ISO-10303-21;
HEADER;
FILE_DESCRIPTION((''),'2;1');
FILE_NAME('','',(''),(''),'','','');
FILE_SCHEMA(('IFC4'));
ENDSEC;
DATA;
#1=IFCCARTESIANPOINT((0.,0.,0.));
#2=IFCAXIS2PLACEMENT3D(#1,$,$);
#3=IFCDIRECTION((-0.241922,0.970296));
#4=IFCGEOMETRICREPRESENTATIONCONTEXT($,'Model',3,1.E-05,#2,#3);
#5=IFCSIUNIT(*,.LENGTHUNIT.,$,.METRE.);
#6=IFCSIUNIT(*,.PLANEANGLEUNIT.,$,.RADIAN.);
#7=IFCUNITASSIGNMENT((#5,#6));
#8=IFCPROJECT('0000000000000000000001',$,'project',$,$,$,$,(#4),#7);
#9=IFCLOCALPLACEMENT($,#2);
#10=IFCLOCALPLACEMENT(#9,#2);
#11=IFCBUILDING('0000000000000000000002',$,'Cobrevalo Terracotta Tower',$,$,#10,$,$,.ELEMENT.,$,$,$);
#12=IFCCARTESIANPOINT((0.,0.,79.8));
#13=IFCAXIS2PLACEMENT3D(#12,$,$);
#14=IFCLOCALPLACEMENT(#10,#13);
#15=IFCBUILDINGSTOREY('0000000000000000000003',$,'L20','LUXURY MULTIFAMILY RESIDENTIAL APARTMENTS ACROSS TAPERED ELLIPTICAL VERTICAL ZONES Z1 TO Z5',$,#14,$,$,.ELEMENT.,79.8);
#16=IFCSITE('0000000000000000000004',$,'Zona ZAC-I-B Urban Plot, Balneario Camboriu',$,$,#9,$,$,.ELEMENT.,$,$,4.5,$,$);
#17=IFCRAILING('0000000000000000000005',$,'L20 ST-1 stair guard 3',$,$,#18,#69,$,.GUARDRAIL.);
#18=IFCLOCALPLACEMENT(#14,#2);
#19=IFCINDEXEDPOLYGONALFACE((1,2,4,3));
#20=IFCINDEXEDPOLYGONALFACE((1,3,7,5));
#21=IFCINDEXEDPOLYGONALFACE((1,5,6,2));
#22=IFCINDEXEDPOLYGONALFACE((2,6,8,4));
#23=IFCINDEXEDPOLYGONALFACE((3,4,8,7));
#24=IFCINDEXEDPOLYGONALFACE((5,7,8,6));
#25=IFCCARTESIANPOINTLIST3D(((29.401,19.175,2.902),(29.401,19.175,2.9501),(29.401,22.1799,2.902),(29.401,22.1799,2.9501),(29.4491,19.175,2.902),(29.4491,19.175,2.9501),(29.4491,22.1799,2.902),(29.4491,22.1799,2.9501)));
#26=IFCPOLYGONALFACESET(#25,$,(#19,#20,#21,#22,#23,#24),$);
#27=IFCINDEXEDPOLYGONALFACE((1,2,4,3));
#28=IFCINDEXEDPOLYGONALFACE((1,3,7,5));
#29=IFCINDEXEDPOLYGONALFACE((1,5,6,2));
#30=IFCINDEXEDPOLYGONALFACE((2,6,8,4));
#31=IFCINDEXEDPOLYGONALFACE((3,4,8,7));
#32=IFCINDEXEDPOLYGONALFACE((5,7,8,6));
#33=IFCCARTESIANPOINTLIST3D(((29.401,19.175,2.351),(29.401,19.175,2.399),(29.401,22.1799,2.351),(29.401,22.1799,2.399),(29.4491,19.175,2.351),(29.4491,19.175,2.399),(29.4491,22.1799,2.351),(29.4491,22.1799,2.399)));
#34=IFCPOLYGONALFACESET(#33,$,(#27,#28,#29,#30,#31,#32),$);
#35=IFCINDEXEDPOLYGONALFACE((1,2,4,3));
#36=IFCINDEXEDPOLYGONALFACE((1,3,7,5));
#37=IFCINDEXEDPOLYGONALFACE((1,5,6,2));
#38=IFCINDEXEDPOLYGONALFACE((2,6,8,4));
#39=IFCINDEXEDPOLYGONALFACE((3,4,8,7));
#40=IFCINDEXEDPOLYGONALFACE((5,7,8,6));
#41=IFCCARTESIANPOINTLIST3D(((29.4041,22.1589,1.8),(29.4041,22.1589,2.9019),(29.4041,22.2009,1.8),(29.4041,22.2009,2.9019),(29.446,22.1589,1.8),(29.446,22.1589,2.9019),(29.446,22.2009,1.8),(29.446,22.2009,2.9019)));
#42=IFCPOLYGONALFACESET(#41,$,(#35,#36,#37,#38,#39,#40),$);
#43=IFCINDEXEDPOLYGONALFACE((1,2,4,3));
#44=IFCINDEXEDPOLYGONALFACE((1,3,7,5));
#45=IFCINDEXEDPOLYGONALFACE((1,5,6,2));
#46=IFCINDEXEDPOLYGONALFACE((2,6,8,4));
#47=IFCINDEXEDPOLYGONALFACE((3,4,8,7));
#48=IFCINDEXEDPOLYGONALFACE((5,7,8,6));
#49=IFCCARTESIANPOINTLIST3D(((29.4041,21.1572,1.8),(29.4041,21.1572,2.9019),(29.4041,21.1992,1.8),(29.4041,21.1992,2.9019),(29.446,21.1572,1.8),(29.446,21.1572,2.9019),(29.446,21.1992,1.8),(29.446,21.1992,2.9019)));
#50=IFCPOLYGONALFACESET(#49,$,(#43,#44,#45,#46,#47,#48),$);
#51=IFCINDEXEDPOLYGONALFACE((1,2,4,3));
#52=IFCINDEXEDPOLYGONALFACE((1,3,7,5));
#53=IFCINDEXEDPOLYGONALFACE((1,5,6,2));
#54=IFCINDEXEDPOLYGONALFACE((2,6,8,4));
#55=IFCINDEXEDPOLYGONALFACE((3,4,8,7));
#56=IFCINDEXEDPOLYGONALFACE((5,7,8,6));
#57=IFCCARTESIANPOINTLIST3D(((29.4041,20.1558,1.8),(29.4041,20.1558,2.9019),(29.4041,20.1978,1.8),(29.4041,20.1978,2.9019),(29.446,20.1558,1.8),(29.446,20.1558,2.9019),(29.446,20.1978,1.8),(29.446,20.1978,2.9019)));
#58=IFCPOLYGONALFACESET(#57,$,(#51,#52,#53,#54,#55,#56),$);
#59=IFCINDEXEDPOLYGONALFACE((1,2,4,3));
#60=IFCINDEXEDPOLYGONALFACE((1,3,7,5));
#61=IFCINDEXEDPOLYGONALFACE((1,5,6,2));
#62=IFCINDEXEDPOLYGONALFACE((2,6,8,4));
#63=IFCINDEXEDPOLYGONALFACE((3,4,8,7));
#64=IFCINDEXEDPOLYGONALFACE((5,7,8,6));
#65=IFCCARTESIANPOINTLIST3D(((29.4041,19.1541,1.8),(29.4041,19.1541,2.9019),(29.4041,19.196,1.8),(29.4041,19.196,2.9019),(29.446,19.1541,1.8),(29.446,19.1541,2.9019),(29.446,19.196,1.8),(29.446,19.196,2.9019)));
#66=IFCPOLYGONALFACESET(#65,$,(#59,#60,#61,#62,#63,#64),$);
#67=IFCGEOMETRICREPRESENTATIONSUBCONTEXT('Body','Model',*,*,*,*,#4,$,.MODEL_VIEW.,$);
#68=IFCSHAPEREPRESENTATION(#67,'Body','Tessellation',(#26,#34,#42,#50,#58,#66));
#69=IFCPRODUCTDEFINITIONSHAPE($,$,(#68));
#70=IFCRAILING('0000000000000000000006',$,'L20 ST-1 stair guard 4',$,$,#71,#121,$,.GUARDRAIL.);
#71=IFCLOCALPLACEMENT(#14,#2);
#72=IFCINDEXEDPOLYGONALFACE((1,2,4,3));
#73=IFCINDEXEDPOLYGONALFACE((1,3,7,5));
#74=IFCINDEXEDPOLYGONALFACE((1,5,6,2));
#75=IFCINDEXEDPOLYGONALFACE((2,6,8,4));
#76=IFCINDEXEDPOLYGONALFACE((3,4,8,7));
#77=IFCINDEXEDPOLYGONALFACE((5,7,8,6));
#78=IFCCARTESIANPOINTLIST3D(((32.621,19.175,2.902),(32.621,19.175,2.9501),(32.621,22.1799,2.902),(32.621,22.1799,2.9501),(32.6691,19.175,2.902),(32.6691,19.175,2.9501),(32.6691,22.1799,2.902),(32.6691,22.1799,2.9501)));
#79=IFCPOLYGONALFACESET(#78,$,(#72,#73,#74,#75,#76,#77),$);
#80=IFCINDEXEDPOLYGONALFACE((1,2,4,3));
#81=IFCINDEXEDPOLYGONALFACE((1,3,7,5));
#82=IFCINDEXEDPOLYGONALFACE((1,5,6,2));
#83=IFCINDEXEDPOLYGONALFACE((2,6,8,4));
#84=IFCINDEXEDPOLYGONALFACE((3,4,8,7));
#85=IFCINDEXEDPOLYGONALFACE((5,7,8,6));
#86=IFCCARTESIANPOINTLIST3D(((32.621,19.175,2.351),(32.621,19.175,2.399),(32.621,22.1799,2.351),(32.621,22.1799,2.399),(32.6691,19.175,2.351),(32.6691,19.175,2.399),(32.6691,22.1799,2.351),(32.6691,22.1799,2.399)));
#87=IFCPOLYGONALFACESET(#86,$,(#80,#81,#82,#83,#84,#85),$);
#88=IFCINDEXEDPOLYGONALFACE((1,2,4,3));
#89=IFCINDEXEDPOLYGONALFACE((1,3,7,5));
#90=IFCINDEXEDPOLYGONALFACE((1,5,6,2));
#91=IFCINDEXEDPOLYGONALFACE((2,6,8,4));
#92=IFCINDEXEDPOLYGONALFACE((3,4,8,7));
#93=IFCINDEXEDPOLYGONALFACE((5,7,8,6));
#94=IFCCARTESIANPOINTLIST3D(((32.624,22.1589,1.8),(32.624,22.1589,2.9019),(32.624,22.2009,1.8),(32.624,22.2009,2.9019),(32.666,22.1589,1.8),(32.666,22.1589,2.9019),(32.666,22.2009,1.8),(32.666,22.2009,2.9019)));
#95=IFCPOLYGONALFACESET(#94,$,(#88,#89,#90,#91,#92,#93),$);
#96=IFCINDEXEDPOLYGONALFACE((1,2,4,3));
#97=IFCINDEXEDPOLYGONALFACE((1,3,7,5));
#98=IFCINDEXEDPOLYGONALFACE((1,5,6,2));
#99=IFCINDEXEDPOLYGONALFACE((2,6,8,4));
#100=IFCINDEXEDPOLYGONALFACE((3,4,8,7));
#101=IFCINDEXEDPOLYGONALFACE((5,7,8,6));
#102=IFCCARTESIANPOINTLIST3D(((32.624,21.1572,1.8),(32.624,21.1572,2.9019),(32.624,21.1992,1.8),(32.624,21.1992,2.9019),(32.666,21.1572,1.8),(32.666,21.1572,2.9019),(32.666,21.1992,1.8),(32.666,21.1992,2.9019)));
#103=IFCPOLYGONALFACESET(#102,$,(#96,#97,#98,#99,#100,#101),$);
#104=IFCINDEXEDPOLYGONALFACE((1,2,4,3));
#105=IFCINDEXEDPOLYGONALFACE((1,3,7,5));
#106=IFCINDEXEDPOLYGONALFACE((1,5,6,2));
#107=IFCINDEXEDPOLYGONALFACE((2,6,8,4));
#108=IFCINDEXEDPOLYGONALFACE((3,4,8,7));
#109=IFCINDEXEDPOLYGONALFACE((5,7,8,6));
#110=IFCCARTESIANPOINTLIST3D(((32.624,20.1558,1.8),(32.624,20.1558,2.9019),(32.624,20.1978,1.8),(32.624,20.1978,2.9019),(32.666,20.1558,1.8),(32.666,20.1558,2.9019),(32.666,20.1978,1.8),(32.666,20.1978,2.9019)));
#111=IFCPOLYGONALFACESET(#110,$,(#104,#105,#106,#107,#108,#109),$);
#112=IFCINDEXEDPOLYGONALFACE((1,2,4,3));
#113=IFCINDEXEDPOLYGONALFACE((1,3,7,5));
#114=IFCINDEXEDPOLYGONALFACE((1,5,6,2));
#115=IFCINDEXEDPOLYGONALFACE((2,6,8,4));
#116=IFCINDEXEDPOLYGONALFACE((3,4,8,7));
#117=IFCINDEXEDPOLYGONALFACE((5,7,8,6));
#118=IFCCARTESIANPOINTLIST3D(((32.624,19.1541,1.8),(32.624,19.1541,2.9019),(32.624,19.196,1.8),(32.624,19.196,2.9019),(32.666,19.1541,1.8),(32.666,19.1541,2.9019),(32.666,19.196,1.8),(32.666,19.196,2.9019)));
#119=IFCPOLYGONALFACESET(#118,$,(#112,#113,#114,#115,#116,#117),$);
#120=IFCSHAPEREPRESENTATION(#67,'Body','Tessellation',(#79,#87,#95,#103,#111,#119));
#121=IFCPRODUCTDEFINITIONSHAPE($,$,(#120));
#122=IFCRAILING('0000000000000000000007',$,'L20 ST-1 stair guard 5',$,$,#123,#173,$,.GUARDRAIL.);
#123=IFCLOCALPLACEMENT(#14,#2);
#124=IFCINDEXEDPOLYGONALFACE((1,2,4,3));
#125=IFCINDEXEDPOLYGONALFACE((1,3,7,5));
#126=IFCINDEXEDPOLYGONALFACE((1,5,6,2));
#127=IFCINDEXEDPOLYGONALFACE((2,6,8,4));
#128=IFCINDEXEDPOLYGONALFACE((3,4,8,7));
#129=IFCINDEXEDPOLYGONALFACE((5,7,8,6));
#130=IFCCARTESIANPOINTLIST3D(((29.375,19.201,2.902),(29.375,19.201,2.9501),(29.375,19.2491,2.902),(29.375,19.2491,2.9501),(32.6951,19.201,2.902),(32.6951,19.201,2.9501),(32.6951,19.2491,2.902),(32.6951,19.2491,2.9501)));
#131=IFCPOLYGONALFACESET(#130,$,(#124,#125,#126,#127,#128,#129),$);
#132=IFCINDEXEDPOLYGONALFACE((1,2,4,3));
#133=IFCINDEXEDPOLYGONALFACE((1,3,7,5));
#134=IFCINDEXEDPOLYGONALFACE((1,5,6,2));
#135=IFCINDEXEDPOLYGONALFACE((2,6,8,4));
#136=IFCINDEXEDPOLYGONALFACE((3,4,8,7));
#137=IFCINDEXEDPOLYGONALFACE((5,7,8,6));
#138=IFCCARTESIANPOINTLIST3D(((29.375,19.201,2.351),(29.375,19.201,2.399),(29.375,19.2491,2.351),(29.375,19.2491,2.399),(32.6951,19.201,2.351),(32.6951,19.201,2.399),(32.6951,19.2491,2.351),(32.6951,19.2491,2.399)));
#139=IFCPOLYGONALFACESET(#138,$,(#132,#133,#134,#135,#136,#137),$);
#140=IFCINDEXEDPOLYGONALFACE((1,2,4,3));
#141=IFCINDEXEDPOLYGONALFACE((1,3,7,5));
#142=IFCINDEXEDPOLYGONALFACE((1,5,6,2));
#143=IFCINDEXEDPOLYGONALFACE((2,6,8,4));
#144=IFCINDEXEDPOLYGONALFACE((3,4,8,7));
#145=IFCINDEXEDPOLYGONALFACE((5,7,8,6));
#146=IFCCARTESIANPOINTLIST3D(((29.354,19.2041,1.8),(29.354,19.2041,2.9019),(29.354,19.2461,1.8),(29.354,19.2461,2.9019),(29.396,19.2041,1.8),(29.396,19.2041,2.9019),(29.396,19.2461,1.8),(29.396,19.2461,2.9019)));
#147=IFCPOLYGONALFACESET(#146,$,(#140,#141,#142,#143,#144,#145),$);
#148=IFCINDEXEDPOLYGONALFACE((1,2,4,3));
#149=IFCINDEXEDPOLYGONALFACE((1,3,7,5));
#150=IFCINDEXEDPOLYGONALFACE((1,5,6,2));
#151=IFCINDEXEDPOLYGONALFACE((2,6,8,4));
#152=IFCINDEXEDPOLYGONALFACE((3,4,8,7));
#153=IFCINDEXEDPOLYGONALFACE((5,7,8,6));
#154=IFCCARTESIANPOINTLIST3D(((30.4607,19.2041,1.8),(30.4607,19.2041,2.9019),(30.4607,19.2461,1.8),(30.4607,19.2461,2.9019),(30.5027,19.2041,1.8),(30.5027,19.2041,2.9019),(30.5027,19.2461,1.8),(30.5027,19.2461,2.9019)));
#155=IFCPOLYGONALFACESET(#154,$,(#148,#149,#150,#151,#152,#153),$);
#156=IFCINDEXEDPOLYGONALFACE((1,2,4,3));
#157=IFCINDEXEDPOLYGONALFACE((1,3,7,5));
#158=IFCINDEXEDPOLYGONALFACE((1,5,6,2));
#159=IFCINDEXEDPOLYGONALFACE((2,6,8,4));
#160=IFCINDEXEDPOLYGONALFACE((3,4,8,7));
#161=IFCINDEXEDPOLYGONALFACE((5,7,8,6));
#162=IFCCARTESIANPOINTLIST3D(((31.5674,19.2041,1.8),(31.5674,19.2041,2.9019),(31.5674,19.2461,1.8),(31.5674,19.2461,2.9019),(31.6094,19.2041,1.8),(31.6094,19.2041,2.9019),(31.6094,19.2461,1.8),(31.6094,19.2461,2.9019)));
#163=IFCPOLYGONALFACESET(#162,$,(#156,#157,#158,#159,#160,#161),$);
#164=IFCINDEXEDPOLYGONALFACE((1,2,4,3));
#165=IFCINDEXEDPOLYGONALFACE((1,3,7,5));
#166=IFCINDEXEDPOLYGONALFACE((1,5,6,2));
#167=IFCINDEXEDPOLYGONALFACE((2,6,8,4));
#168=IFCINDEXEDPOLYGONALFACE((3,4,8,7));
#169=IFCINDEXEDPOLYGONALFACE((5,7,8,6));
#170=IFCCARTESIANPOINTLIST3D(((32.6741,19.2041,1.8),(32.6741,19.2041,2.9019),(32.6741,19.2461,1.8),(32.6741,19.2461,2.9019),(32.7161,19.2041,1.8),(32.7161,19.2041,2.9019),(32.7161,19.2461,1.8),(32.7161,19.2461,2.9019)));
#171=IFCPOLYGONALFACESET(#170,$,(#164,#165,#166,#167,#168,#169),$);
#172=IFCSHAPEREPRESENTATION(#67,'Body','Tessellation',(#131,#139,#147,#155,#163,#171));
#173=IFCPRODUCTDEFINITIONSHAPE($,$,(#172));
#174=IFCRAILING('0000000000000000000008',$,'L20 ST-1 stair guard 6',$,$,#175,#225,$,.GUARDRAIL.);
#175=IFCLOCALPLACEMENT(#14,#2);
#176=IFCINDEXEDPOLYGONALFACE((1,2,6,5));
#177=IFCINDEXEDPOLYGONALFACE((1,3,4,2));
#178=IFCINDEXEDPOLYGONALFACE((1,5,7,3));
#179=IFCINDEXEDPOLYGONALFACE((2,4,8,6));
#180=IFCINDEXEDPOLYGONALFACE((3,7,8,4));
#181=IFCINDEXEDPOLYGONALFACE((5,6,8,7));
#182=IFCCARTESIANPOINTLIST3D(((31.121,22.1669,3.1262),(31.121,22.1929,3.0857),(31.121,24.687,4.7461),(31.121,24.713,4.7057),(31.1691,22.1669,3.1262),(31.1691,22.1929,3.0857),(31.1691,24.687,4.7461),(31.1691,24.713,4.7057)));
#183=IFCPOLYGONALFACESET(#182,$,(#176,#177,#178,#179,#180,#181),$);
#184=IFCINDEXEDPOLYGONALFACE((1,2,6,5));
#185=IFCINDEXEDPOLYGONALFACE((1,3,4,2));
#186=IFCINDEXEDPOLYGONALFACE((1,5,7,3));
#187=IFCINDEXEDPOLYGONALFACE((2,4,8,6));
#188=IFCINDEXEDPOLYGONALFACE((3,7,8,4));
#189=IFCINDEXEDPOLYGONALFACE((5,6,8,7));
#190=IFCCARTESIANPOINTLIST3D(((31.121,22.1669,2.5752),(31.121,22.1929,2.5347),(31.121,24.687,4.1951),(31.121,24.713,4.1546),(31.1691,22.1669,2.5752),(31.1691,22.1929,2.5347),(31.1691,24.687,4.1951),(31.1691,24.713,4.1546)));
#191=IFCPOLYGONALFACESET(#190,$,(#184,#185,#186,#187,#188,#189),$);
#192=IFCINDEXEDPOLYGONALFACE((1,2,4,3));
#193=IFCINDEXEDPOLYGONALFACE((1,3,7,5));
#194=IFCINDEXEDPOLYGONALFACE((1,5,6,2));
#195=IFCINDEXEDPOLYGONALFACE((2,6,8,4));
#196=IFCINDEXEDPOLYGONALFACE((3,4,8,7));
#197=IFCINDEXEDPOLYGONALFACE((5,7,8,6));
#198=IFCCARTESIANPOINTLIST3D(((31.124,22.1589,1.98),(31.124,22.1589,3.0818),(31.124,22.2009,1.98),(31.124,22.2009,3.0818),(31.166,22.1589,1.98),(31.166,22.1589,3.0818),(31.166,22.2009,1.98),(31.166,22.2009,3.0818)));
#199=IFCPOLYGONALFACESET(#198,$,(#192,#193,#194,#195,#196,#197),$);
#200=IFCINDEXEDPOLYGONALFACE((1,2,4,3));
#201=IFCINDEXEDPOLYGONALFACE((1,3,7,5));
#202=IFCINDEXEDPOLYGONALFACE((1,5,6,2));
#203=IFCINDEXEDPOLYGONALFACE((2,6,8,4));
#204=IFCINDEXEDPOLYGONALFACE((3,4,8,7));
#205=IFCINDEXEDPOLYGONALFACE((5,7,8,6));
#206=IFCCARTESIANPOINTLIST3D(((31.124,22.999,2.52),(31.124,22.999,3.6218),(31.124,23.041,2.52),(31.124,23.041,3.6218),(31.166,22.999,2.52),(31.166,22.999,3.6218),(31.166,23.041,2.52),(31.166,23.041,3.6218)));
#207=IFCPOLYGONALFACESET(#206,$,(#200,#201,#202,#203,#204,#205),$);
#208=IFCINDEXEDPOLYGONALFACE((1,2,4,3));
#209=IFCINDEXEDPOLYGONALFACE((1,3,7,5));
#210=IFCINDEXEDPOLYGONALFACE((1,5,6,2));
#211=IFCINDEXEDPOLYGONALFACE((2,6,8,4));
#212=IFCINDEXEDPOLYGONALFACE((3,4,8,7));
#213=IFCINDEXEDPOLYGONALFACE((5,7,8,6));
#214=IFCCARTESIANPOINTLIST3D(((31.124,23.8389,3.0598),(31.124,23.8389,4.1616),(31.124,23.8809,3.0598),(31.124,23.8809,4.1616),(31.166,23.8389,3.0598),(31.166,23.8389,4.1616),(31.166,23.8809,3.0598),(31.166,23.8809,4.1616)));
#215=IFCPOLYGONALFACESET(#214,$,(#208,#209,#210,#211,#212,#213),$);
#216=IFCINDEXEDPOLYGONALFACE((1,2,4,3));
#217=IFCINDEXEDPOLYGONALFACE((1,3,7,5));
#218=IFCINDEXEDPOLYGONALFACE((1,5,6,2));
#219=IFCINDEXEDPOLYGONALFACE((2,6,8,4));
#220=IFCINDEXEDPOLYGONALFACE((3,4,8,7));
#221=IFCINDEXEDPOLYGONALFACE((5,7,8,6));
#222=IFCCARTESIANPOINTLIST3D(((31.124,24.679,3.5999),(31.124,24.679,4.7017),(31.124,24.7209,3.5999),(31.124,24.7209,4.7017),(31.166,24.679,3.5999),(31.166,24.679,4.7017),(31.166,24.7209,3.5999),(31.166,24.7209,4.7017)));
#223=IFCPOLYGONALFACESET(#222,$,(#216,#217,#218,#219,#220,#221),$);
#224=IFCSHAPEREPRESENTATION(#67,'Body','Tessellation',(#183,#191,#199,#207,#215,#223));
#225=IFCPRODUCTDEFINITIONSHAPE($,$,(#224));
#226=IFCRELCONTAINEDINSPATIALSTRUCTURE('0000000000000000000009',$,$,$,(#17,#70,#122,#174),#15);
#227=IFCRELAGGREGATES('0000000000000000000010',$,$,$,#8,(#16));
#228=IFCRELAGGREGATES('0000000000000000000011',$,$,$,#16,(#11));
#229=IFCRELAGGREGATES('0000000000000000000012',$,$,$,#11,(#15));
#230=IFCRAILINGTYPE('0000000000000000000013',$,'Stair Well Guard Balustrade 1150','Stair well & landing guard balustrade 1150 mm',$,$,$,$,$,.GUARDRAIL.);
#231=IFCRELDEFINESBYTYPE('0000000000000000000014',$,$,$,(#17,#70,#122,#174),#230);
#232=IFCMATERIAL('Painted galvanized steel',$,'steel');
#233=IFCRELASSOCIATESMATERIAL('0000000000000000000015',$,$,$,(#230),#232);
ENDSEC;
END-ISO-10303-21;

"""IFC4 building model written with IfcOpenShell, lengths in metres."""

from ifc_helpers import new_model, si_unit, direction, frame, origin, origin_2d, place, context, subcontext, project, spatial, rectangle, extrude, material, type_object, element, save


model = new_model("IFC4")

# Units and contexts
model_context = context("Model", 3, precision=1e-05, world=origin(), true_north=direction((-0.241922, 0.970296)))
body_context = subcontext(model_context, "Body", "Model", "MODEL_VIEW")
ifc_project = project(units=[si_unit("LENGTHUNIT", "METRE"), si_unit("PLANEANGLEUNIT", "RADIAN")], contexts=[model_context])

# Site, building, storey
site_placement = place(None, origin())
site = spatial("IfcSite", under=ifc_project, at=site_placement, Name="Zona ZAC-I-B Urban Plot, Balneario Camboriu", CompositionType="ELEMENT", RefElevation=4.5)
building_placement = place(site_placement, origin())
building = spatial("IfcBuilding", under=site, at=building_placement, Name="Cobrevalo Terracotta Tower", CompositionType="ELEMENT")
storey_placement = place(building_placement, frame((0.0, 0.0, 79.8)))
storey = spatial("IfcBuildingStorey", under=building, at=storey_placement, Name="L20", Description="LUXURY MULTIFAMILY RESIDENTIAL APARTMENTS ACROSS TAPERED ELLIPTICAL VERTICAL ZONES Z1 TO Z5", CompositionType="ELEMENT", Elevation=79.8)

# Railings
ifc_material_1 = material(Name="Painted galvanized steel", Category="steel")
railing_type_1 = type_object("IfcRailingType", Name="Stair Well Guard Balustrade 1150", Description="Stair well & landing guard balustrade 1150 mm", PredefinedType="GUARDRAIL", material=ifc_material_1)
for number, where, name in (
    (1, (29.425, 22.1799, 1.8), "L20 ST-1 stair guard 3"),
    (2, (32.645, 22.1799, 1.8), "L20 ST-1 stair guard 4"),
):
    element("IfcRailing", number, at=place(storey_placement, frame(where)), inside=storey, type_object=railing_type_1, Name=name, PredefinedType="GUARDRAIL", context=body_context, shape_type="SweptSolid", body=[
        extrude(rectangle(XDim=0.0481, YDim=0.0481, at=origin_2d()), frame((0.0, 0.0, 1.126), z_axis=(0.0, -1.0, 0.0), x_axis=(1.0, 0.0, 0.0)), (0.0, 0.0, 1.0), 3.0049),
        extrude(rectangle(XDim=0.0481, YDim=0.0481, at=origin_2d()), frame((0.0, 0.0, 0.575), z_axis=(0.0, -1.0, 0.0), x_axis=(1.0, 0.0, 0.0)), (0.0, 0.0, 1.0), 3.0049),
        extrude(rectangle(XDim=0.042, YDim=0.042, at=origin_2d()), origin(), (0.0, 0.0, 1.0), 1.1018),
        extrude(rectangle(XDim=0.042, YDim=0.042, at=origin_2d()), frame((0.0, -1.0017, 0.0)), (0.0, 0.0, 1.0), 1.1018),
        extrude(rectangle(XDim=0.042, YDim=0.042, at=origin_2d()), frame((0.0, -2.0032, 0.0)), (0.0, 0.0, 1.0), 1.1018),
        extrude(rectangle(XDim=0.042, YDim=0.042, at=origin_2d()), frame((0.0, -3.0049, 0.0)), (0.0, 0.0, 1.0), 1.1018),
    ])
railing_1_placement = place(storey_placement, frame((29.375, 19.2251, 1.8)))
element("IfcRailing", 3, at=railing_1_placement, inside=storey, type_object=railing_type_1, Name="L20 ST-1 stair guard 5", PredefinedType="GUARDRAIL", context=body_context, shape_type="SweptSolid", body=[
    extrude(rectangle(XDim=0.0481, YDim=0.0481, at=origin_2d()), frame((0.0, 0.0, 1.126), z_axis=(1.0, 0.0, 0.0), x_axis=(0.0, 1.0, 0.0)), (0.0, 0.0, 1.0), 3.3201),
    extrude(rectangle(XDim=0.0481, YDim=0.0481, at=origin_2d()), frame((0.0, 0.0, 0.575), z_axis=(1.0, 0.0, 0.0), x_axis=(0.0, 1.0, 0.0)), (0.0, 0.0, 1.0), 3.3201),
    extrude(rectangle(XDim=0.042, YDim=0.042, at=origin_2d()), origin(), (0.0, 0.0, 1.0), 1.1018),
    extrude(rectangle(XDim=0.042, YDim=0.042, at=origin_2d()), frame((1.1067, 0.0, 0.0)), (0.0, 0.0, 1.0), 1.1018),
    extrude(rectangle(XDim=0.042, YDim=0.042, at=origin_2d()), frame((2.2134, 0.0, 0.0)), (0.0, 0.0, 1.0), 1.1018),
    extrude(rectangle(XDim=0.042, YDim=0.042, at=origin_2d()), frame((3.3201, 0.0, 0.0)), (0.0, 0.0, 1.0), 1.1018),
])
railing_2_placement = place(storey_placement, frame((31.145, 22.1799, 1.98)))
element("IfcRailing", 4, at=railing_2_placement, inside=storey, type_object=railing_type_1, Name="L20 ST-1 stair guard 6", PredefinedType="GUARDRAIL", context=body_context, shape_type="SweptSolid", body=[
    extrude(rectangle(XDim=0.0481, YDim=0.0481, at=origin_2d()), frame((0.0, 0.0, 1.126), z_axis=(0.0, 0.8412, 0.540725), x_axis=(-1.0, 0.0, 0.0)), (0.0, 0.0, 1.0), 2.9958),
    extrude(rectangle(XDim=0.0481, YDim=0.0481, at=origin_2d()), frame((0.0, 0.0, 0.575), z_axis=(0.0, 0.8412, 0.540725), x_axis=(-1.0, 0.0, 0.0)), (0.0, 0.0, 1.0), 2.9958),
    extrude(rectangle(XDim=0.042, YDim=0.042, at=origin_2d()), origin(), (0.0, 0.0, 1.0), 1.1018),
    extrude(rectangle(XDim=0.042, YDim=0.042, at=origin_2d()), frame((0.0, 0.8401, 0.54)), (0.0, 0.0, 1.0), 1.1018),
    extrude(rectangle(XDim=0.042, YDim=0.042, at=origin_2d()), frame((0.0, 1.6799, 1.0798)), (0.0, 0.0, 1.0), 1.1018),
    extrude(rectangle(XDim=0.042, YDim=0.042, at=origin_2d()), frame((0.0, 2.52, 1.6199)), (0.0, 0.0, 1.0), 1.1018),
])

save(model, "model.ifc")
